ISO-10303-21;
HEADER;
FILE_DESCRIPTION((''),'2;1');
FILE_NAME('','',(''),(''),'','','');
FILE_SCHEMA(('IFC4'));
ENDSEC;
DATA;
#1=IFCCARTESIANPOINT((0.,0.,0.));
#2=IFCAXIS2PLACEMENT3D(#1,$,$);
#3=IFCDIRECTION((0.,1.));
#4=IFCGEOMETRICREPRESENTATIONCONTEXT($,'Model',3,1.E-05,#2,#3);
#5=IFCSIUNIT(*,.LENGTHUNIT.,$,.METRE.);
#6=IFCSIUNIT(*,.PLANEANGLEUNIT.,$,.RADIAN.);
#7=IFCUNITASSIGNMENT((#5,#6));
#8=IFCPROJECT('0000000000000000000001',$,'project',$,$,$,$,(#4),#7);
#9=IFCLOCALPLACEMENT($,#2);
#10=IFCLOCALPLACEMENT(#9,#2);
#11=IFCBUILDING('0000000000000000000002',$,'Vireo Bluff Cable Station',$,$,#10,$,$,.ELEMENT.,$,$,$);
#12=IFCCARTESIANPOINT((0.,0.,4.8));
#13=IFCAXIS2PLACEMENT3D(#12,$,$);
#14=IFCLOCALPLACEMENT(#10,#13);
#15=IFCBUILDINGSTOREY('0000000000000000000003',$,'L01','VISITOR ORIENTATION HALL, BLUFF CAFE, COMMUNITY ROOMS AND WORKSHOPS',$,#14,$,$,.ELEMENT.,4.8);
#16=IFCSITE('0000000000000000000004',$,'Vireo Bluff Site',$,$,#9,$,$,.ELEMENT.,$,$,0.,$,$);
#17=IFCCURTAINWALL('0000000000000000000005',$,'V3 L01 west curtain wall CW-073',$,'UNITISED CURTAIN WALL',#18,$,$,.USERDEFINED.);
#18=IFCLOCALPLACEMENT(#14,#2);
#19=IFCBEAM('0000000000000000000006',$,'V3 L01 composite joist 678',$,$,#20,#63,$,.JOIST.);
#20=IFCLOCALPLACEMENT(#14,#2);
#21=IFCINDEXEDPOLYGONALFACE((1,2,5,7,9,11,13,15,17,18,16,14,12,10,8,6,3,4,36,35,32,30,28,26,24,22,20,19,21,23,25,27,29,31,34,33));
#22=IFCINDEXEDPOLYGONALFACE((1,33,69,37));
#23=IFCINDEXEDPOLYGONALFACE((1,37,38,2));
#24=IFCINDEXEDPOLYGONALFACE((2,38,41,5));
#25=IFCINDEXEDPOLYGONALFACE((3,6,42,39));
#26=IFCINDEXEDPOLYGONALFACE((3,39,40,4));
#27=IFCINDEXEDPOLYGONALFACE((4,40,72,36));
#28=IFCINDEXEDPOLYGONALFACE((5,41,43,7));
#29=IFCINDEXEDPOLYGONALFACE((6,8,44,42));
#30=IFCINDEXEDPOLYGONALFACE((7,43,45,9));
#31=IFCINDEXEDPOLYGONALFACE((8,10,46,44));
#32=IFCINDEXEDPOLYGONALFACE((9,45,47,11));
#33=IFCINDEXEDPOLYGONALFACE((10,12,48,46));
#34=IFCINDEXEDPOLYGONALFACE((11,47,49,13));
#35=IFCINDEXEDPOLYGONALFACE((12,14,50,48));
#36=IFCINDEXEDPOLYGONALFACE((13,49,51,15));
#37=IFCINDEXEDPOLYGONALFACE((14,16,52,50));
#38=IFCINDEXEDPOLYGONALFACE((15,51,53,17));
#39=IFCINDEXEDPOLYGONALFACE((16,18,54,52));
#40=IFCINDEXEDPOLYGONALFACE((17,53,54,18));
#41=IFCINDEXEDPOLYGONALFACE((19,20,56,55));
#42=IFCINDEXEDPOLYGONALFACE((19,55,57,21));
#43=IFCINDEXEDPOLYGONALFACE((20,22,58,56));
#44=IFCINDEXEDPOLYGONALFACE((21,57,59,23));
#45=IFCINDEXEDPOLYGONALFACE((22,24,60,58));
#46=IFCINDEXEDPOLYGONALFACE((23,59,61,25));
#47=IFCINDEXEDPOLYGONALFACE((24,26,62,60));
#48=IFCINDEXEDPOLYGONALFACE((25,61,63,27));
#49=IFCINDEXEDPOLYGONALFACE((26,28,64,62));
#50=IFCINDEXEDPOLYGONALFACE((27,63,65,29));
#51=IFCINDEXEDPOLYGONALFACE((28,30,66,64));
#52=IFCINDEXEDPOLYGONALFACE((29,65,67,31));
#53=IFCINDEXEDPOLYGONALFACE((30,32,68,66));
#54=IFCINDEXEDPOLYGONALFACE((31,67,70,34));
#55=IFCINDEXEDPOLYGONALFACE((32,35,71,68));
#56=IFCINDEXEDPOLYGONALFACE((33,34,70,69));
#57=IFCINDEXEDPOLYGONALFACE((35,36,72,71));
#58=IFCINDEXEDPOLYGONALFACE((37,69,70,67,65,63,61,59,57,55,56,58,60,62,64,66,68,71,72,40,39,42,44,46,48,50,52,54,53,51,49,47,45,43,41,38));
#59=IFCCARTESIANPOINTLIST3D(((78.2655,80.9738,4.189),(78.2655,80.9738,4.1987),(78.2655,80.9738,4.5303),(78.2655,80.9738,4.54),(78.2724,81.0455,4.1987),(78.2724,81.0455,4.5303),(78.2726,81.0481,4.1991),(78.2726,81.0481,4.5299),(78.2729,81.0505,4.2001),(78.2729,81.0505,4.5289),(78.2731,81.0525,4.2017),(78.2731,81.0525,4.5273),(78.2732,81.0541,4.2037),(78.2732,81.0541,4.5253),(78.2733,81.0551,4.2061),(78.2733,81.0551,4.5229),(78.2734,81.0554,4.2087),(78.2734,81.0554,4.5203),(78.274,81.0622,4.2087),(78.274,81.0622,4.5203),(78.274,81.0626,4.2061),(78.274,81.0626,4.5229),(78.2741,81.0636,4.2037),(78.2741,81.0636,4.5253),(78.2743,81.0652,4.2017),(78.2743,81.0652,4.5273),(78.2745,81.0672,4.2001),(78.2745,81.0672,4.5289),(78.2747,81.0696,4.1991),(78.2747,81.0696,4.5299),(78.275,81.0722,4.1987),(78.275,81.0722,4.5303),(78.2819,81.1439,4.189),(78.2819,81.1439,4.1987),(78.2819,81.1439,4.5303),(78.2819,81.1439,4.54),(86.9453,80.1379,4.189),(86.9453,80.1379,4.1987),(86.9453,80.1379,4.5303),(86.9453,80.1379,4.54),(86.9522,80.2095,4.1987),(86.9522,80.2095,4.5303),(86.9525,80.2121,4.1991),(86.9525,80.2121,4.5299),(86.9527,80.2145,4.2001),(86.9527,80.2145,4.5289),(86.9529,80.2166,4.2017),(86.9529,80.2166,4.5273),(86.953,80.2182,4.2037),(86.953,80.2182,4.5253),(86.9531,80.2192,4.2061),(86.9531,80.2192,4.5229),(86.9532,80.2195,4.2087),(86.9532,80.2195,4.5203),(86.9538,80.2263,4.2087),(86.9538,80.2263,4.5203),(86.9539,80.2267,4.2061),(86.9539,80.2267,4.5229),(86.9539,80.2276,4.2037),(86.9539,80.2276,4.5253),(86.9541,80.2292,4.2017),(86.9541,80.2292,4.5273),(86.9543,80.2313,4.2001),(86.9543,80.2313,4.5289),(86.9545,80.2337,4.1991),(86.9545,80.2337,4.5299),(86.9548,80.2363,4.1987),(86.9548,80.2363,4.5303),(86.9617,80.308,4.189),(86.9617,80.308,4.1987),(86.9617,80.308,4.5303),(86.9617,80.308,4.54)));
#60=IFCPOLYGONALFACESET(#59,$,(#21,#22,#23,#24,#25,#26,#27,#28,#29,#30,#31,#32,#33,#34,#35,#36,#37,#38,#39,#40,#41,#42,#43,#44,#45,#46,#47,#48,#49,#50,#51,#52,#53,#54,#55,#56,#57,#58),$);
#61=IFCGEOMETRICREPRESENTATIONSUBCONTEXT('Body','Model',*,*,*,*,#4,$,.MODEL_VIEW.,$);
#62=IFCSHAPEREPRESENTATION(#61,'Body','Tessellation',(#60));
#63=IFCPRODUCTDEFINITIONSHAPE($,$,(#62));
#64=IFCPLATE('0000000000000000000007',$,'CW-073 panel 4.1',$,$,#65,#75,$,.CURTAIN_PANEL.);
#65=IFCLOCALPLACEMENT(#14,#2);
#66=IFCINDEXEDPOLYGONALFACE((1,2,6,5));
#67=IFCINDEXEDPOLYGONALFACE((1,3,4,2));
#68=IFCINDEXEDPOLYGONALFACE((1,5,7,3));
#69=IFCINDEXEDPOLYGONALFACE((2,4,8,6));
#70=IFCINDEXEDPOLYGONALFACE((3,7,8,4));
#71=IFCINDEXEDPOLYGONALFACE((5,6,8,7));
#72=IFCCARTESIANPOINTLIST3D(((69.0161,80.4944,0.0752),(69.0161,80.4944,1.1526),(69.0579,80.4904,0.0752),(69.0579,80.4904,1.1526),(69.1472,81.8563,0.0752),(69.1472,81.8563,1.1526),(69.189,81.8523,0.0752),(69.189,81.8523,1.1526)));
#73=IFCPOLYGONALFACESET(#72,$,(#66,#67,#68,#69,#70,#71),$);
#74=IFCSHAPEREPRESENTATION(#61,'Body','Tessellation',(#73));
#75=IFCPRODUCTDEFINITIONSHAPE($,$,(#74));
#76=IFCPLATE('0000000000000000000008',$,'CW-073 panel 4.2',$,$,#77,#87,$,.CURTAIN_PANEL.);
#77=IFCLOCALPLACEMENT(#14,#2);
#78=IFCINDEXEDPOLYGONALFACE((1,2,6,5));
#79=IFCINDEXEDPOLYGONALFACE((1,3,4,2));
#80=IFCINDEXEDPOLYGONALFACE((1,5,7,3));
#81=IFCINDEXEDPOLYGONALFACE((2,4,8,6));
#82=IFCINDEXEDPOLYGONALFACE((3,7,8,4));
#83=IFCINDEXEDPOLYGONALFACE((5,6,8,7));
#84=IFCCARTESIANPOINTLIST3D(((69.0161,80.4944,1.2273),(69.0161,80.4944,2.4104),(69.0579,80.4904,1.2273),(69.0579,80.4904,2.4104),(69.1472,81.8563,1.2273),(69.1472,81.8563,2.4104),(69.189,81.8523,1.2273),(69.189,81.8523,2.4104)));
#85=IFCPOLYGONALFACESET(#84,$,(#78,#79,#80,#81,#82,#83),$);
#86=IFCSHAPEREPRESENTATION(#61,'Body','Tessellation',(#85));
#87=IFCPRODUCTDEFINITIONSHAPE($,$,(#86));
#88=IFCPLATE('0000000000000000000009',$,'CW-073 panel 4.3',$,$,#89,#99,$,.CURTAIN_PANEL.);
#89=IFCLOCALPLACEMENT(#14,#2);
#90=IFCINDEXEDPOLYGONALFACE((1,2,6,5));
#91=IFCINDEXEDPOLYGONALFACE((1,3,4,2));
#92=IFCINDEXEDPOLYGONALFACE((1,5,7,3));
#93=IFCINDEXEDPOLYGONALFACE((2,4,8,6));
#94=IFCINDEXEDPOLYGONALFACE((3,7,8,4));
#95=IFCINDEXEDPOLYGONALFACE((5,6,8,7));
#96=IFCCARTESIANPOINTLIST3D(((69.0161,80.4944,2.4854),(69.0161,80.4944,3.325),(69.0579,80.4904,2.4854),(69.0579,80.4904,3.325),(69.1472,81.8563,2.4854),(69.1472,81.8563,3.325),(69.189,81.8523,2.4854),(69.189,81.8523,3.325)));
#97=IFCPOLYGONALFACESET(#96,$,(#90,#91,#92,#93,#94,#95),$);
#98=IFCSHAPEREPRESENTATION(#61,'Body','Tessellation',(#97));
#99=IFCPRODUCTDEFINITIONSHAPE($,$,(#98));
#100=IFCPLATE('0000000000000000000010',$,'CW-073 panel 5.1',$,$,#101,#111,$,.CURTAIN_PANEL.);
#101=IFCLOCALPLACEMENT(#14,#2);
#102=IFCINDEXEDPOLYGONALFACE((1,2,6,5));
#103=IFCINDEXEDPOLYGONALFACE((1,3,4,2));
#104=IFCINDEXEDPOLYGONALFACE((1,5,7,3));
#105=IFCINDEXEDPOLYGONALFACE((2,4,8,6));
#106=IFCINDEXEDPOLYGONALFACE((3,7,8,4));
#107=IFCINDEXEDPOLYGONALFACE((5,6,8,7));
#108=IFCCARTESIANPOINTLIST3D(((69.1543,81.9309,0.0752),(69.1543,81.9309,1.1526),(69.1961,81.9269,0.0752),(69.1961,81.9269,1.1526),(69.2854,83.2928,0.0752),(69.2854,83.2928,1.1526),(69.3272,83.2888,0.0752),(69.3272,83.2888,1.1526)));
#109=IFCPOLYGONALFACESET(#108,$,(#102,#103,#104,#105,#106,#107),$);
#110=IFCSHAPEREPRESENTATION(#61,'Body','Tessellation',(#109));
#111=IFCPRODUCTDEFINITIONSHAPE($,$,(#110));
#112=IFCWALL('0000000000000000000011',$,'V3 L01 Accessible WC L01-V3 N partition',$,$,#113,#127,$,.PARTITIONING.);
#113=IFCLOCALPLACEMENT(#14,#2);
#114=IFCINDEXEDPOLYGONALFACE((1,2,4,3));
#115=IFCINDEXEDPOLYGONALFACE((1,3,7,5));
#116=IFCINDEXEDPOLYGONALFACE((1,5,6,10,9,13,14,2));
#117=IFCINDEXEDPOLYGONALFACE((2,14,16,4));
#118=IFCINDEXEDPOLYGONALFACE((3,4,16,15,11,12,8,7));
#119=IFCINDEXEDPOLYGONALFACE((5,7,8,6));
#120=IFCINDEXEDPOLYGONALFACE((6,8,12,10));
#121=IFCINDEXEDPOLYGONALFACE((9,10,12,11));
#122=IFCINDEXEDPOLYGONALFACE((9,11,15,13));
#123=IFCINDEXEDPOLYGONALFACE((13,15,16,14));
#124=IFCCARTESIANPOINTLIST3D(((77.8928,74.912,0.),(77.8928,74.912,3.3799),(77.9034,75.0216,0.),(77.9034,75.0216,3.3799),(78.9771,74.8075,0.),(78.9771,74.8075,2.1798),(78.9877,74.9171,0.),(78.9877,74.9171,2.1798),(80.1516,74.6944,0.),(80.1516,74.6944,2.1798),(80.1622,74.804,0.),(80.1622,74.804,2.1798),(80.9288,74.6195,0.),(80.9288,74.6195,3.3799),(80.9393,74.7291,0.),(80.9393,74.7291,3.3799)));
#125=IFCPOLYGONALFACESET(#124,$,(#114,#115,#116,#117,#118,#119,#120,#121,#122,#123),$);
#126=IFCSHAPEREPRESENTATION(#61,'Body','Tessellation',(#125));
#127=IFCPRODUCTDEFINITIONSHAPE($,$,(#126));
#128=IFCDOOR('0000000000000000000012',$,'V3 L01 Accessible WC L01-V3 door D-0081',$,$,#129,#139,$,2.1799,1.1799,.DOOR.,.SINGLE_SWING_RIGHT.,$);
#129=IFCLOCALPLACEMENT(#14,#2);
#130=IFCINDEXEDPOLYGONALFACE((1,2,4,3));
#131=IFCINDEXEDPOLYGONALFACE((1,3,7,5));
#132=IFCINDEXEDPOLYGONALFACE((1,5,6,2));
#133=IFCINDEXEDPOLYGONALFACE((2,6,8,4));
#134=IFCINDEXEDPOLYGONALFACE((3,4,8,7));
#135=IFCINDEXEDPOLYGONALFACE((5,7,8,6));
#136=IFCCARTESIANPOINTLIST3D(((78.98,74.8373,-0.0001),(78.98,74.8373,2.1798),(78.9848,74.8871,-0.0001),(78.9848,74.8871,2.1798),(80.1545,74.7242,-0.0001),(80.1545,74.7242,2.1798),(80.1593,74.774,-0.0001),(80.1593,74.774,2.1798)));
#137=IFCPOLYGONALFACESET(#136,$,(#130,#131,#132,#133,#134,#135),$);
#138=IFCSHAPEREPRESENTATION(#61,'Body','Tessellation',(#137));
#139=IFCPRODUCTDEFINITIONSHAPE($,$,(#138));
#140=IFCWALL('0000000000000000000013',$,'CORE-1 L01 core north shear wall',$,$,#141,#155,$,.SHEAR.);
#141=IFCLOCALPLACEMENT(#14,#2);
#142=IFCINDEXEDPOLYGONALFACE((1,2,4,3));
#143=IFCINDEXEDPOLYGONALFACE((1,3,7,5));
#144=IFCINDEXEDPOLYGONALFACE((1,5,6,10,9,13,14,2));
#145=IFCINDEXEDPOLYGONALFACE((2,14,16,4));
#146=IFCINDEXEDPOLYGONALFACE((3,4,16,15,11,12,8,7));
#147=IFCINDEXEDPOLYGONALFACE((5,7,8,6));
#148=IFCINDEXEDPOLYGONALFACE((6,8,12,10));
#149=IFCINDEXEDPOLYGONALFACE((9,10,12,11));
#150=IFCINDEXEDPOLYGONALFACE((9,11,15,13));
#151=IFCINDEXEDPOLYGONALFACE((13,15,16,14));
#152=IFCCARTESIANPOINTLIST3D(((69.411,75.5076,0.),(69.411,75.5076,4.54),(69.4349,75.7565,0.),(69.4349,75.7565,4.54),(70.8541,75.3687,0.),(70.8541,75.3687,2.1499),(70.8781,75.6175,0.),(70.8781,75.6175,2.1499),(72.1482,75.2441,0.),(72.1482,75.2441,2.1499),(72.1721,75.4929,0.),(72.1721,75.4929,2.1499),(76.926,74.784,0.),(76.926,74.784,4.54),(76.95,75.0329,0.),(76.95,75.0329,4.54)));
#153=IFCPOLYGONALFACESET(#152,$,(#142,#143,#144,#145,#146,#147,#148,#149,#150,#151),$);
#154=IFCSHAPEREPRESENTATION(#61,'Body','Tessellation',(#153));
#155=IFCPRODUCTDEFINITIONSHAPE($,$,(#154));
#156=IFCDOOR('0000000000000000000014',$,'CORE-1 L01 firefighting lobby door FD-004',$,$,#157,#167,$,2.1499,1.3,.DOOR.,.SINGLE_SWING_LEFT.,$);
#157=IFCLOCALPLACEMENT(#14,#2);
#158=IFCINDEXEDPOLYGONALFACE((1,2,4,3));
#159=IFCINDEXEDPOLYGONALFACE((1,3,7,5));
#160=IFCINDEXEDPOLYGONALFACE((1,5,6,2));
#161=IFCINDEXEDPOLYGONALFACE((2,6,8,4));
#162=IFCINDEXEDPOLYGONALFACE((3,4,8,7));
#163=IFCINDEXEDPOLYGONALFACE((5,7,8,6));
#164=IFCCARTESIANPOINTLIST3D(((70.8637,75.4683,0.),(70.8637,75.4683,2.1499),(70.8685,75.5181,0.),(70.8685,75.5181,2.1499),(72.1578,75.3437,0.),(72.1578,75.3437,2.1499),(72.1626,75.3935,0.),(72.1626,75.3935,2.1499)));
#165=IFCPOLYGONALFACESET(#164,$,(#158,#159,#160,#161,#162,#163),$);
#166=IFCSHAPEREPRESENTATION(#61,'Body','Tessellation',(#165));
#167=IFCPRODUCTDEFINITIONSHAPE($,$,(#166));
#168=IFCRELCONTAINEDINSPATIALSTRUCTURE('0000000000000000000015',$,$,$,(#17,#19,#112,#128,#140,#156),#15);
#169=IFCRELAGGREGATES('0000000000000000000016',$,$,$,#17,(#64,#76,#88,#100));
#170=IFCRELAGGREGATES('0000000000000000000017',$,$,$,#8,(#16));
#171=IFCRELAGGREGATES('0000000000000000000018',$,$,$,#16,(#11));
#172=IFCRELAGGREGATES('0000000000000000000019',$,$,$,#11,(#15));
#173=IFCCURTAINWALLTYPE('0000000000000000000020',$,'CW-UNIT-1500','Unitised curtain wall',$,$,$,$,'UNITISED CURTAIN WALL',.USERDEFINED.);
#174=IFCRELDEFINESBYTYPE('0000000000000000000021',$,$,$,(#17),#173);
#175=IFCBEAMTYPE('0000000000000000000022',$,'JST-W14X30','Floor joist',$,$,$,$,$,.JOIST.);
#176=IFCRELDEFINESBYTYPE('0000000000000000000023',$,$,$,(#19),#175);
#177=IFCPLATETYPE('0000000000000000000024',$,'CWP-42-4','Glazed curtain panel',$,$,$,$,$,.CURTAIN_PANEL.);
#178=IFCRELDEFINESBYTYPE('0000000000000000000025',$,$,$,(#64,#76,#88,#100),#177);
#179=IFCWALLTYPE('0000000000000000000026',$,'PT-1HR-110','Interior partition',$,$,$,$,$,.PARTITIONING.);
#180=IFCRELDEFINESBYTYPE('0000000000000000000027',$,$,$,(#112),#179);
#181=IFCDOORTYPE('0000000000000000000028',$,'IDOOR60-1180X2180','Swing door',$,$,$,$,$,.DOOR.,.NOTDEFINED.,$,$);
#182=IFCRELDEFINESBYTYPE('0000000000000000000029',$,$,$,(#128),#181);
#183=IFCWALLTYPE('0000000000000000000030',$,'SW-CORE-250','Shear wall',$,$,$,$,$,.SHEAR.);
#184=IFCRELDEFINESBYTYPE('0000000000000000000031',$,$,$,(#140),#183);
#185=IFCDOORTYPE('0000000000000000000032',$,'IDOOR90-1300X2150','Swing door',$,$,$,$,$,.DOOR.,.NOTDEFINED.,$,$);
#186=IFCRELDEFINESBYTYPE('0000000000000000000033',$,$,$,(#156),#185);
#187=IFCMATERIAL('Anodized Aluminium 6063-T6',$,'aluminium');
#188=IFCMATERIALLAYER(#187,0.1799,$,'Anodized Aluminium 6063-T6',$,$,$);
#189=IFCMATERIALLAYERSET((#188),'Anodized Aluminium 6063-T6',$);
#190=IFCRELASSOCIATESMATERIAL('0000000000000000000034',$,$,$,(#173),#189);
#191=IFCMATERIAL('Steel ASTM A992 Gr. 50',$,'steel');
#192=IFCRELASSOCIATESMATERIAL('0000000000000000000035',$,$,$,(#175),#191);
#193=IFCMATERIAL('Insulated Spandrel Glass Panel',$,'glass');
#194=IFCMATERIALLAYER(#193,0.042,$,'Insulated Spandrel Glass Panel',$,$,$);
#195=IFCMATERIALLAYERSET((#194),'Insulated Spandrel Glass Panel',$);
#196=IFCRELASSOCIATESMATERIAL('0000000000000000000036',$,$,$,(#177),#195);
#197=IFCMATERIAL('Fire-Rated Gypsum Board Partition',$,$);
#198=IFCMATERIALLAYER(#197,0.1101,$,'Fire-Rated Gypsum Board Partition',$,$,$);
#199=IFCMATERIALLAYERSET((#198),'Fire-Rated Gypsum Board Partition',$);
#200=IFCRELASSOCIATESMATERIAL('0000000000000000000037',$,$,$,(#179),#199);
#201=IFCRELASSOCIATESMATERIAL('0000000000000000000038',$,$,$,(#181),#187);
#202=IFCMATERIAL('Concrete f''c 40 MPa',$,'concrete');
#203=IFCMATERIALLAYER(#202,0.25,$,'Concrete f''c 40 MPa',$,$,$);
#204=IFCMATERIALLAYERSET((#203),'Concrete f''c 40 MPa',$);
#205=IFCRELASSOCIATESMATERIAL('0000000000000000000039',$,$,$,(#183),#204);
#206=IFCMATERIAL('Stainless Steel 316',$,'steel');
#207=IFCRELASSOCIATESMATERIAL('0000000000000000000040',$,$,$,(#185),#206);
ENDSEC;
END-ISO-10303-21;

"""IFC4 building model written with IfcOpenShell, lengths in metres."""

from ifc_helpers import new_model, si_unit, direction, frame, frame_2d, origin, origin_with_axes, origin_2d, place, context, subcontext, project, spatial, rectangle, i_section, extrude, material, layer, layer_set, material_profile, profile_set, type_object, element, fill, aggregate, save


model = new_model("IFC4")

# Units and contexts
model_context = context("Model", 3, precision=1e-05, world=origin(), true_north=direction((0.0, 1.0)))
body_context = subcontext(model_context, "Body", "Model", "MODEL_VIEW")
ifc_project = project(units=[si_unit("LENGTHUNIT", "METRE"), si_unit("PLANEANGLEUNIT", "RADIAN")], contexts=[model_context])

# Site, building, storey
site_placement = place(None, origin())
site = spatial("IfcSite", under=ifc_project, at=site_placement, Name="Vireo Bluff Site", CompositionType="ELEMENT", RefElevation=0.0)
building_placement = place(site_placement, origin())
building = spatial("IfcBuilding", under=site, at=building_placement, Name="Vireo Bluff Cable Station", CompositionType="ELEMENT")
storey_placement = place(building_placement, frame((0.0, 0.0, 4.8)))
storey = spatial("IfcBuildingStorey", under=building, at=storey_placement, Name="L01", Description="VISITOR ORIENTATION HALL, BLUFF CAFE, COMMUNITY ROOMS AND WORKSHOPS", CompositionType="ELEMENT", Elevation=4.8)

# Shared definitions
ifc_material_1 = material(Name="Steel ASTM A992 Gr. 50", Category="steel")

# Curtain wall
ifc_material_2 = material(Name="Anodized Aluminium 6063-T6", Category="aluminium")
ifc_layer_1 = layer(ifc_material_2, 0.1799, Name="Anodized Aluminium 6063-T6")
ifc_layer_set_1 = layer_set([ifc_layer_1], Name="Anodized Aluminium 6063-T6")
curtain_wall_type = type_object("IfcCurtainWallType", Name="CW-UNIT-1500", Description="Unitised curtain wall", ElementType="UNITISED CURTAIN WALL", PredefinedType="USERDEFINED", material=ifc_layer_set_1)
curtain_wall_placement = place(storey_placement, origin())
curtain_wall = element("IfcCurtainWall", 1, at=curtain_wall_placement, inside=storey, type_object=curtain_wall_type, Name="V3 L01 west curtain wall CW-073", ObjectType="UNITISED CURTAIN WALL", PredefinedType="USERDEFINED")

# Beam
ifc_material_profile_1 = material_profile(ifc_material_1, i_section(OverallWidth=0.1709, OverallDepth=0.3511, WebThickness=0.0068, FlangeThickness=0.0098, FilletRadius=0.01, at=origin_2d()), Name="W14X30")
ifc_profile_set_1 = profile_set([ifc_material_profile_1], Name="Steel ASTM A992 Gr. 50")
beam_type_1 = type_object("IfcBeamType", Name="JST-W14X30", Description="Floor joist", PredefinedType="JOIST", material=ifc_profile_set_1)
for number, where, z_axis, x_axis, name in (
    (2, (78.2737, 81.0588, 4.3645), (0.995395, -0.095863, 0.0), (0.095863, 0.995395, 0.0), "V3 L01 composite joist 678"),
):
    element("IfcBeam", number, at=place(storey_placement, frame(where, z_axis=z_axis, x_axis=x_axis)), inside=storey, type_object=beam_type_1, Name=name, PredefinedType="JOIST", context=body_context, shape_type="SweptSolid", body=[
        extrude(i_section(OverallWidth=0.1709, OverallDepth=0.3511, WebThickness=0.0068, FlangeThickness=0.0098, FilletRadius=0.01, at=origin_2d()), origin(), (0.0, 0.0, 1.0), 8.72),
    ])

# Plates
ifc_material_3 = material(Name="Insulated Spandrel Glass Panel", Category="glass")
ifc_layer_2 = layer(ifc_material_3, 0.042, Name="Insulated Spandrel Glass Panel")
ifc_layer_set_2 = layer_set([ifc_layer_2], Name="Insulated Spandrel Glass Panel")
plate_type = type_object("IfcPlateType", Name="CWP-42-4", Description="Glazed curtain panel", PredefinedType="CURTAIN_PANEL", material=ifc_layer_set_2)
plate_1_placement = place(storey_placement, frame((69.1025, 81.1733, 0.0752), z_axis=(0.0, 0.0, 1.0), x_axis=(0.095846, 0.995396, 0.0)))
plate_1 = element("IfcPlate", 3, at=plate_1_placement, type_object=plate_type, Name="CW-073 panel 4.1", PredefinedType="CURTAIN_PANEL", context=body_context, shape_type="SweptSolid", body=[
    extrude(rectangle(XDim=1.3682, YDim=0.042, at=origin_2d()), origin(), (0.0, 0.0, 1.0), 1.0774),
])
plate_2_placement = place(storey_placement, frame((69.1025, 81.1733, 1.2273), z_axis=(0.0, 0.0, 1.0), x_axis=(0.095846, 0.995396, 0.0)))
plate_2 = element("IfcPlate", 4, at=plate_2_placement, type_object=plate_type, Name="CW-073 panel 4.2", PredefinedType="CURTAIN_PANEL", context=body_context, shape_type="SweptSolid", body=[
    extrude(rectangle(XDim=1.3682, YDim=0.042, at=origin_2d()), origin(), (0.0, 0.0, 1.0), 1.1831),
])
plate_3_placement = place(storey_placement, frame((69.1025, 81.1733, 2.4854), z_axis=(0.0, 0.0, 1.0), x_axis=(0.095846, 0.995396, 0.0)))
plate_3 = element("IfcPlate", 5, at=plate_3_placement, type_object=plate_type, Name="CW-073 panel 4.3", PredefinedType="CURTAIN_PANEL", context=body_context, shape_type="SweptSolid", body=[
    extrude(rectangle(XDim=1.3682, YDim=0.042, at=origin_2d()), origin(), (0.0, 0.0, 1.0), 0.8396),
])
plate_4_placement = place(storey_placement, frame((69.2407, 82.6099, 0.0752), z_axis=(0.0, 0.0, 1.0), x_axis=(0.095846, 0.995396, 0.0)))
plate_4 = element("IfcPlate", 6, at=plate_4_placement, type_object=plate_type, Name="CW-073 panel 5.1", PredefinedType="CURTAIN_PANEL", context=body_context, shape_type="SweptSolid", body=[
    extrude(rectangle(XDim=1.3682, YDim=0.042, at=origin_2d()), origin(), (0.0, 0.0, 1.0), 1.0774),
])
aggregate(curtain_wall, [plate_1, plate_2, plate_3, plate_4])

# Walls, openings, doors
ifc_material_4 = material(Name="Fire-Rated Gypsum Board Partition")
ifc_layer_3 = layer(ifc_material_4, 0.1101, Name="Fire-Rated Gypsum Board Partition")
ifc_layer_set_3 = layer_set([ifc_layer_3], Name="Fire-Rated Gypsum Board Partition")
wall_type_1 = type_object("IfcWallType", Name="PT-1HR-110", Description="Interior partition", PredefinedType="PARTITIONING", material=ifc_layer_set_3)
wall_1_placement = place(storey_placement, frame((77.8982, 74.9668, 0.0), z_axis=(0.0, 0.0, 1.0), x_axis=(0.995391, -0.095897, 0.0)))
wall_1 = element("IfcWall", 7, at=wall_1_placement, inside=storey, type_object=wall_type_1, Name="V3 L01 Accessible WC L01-V3 N partition", PredefinedType="PARTITIONING", context=body_context, shape_type="SweptSolid", body=[
    extrude(rectangle(XDim=3.05, YDim=0.1101, at=frame_2d((1.5249, 0.0))), origin(), (0.0, 0.0, 1.0), 3.3799),
])
opening_1_placement = place(wall_1_placement, frame((1.0894, 0.0, 0.0)))
opening_1 = element("IfcOpeningElement", 8, at=opening_1_placement, cuts=wall_1, PredefinedType="OPENING", context=body_context, shape_type="SweptSolid", body=[
    extrude(rectangle(XDim=1.1799, YDim=2.1799, at=frame_2d((0.5898, 1.0898))), frame((0.0, 0.0649, 0.0), z_axis=(0.0, -1.0, 0.0), x_axis=(1.0, 0.0, 0.0)), (0.0, 0.0, 1.0), 0.1301),
])
door_type_1 = type_object("IfcDoorType", Name="IDOOR60-1180X2180", Description="Swing door", OperationType="NOTDEFINED", PredefinedType="DOOR", material=ifc_material_2)
door_1_placement = place(opening_1_placement, origin_with_axes())
door_1 = element("IfcDoor", 9, at=door_1_placement, inside=storey, type_object=door_type_1, Name="V3 L01 Accessible WC L01-V3 door D-0081", OperationType="SINGLE_SWING_RIGHT", OverallHeight=2.1799, OverallWidth=1.1799, PredefinedType="DOOR", context=body_context, shape_type="SweptSolid", body=[
    extrude(rectangle(XDim=1.1799, YDim=2.1799, at=frame_2d((0.5898, 1.0898))), frame((0.0, 0.0249, 0.0), z_axis=(0.0, -1.0, 0.0), x_axis=(1.0, 0.0, 0.0)), (0.0, 0.0, 1.0), 0.05),
])
fill(opening_1, door_1)
ifc_material_5 = material(Name="Concrete f'c 40 MPa", Category="concrete")
ifc_layer_4 = layer(ifc_material_5, 0.25, Name="Concrete f'c 40 MPa")
ifc_layer_set_4 = layer_set([ifc_layer_4], Name="Concrete f'c 40 MPa")
wall_type_2 = type_object("IfcWallType", Name="SW-CORE-250", Description="Shear wall", PredefinedType="SHEAR", material=ifc_layer_set_4)
wall_2_placement = place(storey_placement, frame((76.938, 74.9084, 0.0), z_axis=(0.0, 0.0, 1.0), x_axis=(-0.995396, 0.095847, 0.0)))
wall_2 = element("IfcWall", 10, at=wall_2_placement, inside=storey, type_object=wall_type_2, Name="CORE-1 L01 core north shear wall", PredefinedType="SHEAR", context=body_context, shape_type="SweptSolid", body=[
    extrude(rectangle(XDim=7.5498, YDim=0.25, at=frame_2d((3.7749, 0.0))), origin(), (0.0, 0.0, 1.0), 4.54),
])
opening_2_placement = place(wall_2_placement, frame((4.8, 0.0, 0.0)))
opening_2 = element("IfcOpeningElement", 11, at=opening_2_placement, cuts=wall_2, PredefinedType="OPENING", context=body_context, shape_type="SweptSolid", body=[
    extrude(rectangle(XDim=1.3, YDim=2.1499, at=frame_2d((0.6499, 1.075))), frame((0.0, 0.135, 0.0), z_axis=(0.0, -1.0, 0.0), x_axis=(1.0, 0.0, 0.0)), (0.0, 0.0, 1.0), 0.27),
])
ifc_material_6 = material(Name="Stainless Steel 316", Category="steel")
door_type_2 = type_object("IfcDoorType", Name="IDOOR90-1300X2150", Description="Swing door", OperationType="NOTDEFINED", PredefinedType="DOOR", material=ifc_material_6)
door_2_placement = place(opening_2_placement, origin_with_axes())
door_2 = element("IfcDoor", 12, at=door_2_placement, inside=storey, type_object=door_type_2, Name="CORE-1 L01 firefighting lobby door FD-004", OperationType="SINGLE_SWING_LEFT", OverallHeight=2.1499, OverallWidth=1.3, PredefinedType="DOOR", context=body_context, shape_type="SweptSolid", body=[
    extrude(rectangle(XDim=1.3, YDim=2.1499, at=frame_2d((0.6499, 1.075))), frame((0.0, 0.0249, 0.0), z_axis=(0.0, -1.0, 0.0), x_axis=(1.0, 0.0, 0.0)), (0.0, 0.0, 1.0), 0.05),
])
fill(opening_2, door_2)

save(model, "model.ifc")
